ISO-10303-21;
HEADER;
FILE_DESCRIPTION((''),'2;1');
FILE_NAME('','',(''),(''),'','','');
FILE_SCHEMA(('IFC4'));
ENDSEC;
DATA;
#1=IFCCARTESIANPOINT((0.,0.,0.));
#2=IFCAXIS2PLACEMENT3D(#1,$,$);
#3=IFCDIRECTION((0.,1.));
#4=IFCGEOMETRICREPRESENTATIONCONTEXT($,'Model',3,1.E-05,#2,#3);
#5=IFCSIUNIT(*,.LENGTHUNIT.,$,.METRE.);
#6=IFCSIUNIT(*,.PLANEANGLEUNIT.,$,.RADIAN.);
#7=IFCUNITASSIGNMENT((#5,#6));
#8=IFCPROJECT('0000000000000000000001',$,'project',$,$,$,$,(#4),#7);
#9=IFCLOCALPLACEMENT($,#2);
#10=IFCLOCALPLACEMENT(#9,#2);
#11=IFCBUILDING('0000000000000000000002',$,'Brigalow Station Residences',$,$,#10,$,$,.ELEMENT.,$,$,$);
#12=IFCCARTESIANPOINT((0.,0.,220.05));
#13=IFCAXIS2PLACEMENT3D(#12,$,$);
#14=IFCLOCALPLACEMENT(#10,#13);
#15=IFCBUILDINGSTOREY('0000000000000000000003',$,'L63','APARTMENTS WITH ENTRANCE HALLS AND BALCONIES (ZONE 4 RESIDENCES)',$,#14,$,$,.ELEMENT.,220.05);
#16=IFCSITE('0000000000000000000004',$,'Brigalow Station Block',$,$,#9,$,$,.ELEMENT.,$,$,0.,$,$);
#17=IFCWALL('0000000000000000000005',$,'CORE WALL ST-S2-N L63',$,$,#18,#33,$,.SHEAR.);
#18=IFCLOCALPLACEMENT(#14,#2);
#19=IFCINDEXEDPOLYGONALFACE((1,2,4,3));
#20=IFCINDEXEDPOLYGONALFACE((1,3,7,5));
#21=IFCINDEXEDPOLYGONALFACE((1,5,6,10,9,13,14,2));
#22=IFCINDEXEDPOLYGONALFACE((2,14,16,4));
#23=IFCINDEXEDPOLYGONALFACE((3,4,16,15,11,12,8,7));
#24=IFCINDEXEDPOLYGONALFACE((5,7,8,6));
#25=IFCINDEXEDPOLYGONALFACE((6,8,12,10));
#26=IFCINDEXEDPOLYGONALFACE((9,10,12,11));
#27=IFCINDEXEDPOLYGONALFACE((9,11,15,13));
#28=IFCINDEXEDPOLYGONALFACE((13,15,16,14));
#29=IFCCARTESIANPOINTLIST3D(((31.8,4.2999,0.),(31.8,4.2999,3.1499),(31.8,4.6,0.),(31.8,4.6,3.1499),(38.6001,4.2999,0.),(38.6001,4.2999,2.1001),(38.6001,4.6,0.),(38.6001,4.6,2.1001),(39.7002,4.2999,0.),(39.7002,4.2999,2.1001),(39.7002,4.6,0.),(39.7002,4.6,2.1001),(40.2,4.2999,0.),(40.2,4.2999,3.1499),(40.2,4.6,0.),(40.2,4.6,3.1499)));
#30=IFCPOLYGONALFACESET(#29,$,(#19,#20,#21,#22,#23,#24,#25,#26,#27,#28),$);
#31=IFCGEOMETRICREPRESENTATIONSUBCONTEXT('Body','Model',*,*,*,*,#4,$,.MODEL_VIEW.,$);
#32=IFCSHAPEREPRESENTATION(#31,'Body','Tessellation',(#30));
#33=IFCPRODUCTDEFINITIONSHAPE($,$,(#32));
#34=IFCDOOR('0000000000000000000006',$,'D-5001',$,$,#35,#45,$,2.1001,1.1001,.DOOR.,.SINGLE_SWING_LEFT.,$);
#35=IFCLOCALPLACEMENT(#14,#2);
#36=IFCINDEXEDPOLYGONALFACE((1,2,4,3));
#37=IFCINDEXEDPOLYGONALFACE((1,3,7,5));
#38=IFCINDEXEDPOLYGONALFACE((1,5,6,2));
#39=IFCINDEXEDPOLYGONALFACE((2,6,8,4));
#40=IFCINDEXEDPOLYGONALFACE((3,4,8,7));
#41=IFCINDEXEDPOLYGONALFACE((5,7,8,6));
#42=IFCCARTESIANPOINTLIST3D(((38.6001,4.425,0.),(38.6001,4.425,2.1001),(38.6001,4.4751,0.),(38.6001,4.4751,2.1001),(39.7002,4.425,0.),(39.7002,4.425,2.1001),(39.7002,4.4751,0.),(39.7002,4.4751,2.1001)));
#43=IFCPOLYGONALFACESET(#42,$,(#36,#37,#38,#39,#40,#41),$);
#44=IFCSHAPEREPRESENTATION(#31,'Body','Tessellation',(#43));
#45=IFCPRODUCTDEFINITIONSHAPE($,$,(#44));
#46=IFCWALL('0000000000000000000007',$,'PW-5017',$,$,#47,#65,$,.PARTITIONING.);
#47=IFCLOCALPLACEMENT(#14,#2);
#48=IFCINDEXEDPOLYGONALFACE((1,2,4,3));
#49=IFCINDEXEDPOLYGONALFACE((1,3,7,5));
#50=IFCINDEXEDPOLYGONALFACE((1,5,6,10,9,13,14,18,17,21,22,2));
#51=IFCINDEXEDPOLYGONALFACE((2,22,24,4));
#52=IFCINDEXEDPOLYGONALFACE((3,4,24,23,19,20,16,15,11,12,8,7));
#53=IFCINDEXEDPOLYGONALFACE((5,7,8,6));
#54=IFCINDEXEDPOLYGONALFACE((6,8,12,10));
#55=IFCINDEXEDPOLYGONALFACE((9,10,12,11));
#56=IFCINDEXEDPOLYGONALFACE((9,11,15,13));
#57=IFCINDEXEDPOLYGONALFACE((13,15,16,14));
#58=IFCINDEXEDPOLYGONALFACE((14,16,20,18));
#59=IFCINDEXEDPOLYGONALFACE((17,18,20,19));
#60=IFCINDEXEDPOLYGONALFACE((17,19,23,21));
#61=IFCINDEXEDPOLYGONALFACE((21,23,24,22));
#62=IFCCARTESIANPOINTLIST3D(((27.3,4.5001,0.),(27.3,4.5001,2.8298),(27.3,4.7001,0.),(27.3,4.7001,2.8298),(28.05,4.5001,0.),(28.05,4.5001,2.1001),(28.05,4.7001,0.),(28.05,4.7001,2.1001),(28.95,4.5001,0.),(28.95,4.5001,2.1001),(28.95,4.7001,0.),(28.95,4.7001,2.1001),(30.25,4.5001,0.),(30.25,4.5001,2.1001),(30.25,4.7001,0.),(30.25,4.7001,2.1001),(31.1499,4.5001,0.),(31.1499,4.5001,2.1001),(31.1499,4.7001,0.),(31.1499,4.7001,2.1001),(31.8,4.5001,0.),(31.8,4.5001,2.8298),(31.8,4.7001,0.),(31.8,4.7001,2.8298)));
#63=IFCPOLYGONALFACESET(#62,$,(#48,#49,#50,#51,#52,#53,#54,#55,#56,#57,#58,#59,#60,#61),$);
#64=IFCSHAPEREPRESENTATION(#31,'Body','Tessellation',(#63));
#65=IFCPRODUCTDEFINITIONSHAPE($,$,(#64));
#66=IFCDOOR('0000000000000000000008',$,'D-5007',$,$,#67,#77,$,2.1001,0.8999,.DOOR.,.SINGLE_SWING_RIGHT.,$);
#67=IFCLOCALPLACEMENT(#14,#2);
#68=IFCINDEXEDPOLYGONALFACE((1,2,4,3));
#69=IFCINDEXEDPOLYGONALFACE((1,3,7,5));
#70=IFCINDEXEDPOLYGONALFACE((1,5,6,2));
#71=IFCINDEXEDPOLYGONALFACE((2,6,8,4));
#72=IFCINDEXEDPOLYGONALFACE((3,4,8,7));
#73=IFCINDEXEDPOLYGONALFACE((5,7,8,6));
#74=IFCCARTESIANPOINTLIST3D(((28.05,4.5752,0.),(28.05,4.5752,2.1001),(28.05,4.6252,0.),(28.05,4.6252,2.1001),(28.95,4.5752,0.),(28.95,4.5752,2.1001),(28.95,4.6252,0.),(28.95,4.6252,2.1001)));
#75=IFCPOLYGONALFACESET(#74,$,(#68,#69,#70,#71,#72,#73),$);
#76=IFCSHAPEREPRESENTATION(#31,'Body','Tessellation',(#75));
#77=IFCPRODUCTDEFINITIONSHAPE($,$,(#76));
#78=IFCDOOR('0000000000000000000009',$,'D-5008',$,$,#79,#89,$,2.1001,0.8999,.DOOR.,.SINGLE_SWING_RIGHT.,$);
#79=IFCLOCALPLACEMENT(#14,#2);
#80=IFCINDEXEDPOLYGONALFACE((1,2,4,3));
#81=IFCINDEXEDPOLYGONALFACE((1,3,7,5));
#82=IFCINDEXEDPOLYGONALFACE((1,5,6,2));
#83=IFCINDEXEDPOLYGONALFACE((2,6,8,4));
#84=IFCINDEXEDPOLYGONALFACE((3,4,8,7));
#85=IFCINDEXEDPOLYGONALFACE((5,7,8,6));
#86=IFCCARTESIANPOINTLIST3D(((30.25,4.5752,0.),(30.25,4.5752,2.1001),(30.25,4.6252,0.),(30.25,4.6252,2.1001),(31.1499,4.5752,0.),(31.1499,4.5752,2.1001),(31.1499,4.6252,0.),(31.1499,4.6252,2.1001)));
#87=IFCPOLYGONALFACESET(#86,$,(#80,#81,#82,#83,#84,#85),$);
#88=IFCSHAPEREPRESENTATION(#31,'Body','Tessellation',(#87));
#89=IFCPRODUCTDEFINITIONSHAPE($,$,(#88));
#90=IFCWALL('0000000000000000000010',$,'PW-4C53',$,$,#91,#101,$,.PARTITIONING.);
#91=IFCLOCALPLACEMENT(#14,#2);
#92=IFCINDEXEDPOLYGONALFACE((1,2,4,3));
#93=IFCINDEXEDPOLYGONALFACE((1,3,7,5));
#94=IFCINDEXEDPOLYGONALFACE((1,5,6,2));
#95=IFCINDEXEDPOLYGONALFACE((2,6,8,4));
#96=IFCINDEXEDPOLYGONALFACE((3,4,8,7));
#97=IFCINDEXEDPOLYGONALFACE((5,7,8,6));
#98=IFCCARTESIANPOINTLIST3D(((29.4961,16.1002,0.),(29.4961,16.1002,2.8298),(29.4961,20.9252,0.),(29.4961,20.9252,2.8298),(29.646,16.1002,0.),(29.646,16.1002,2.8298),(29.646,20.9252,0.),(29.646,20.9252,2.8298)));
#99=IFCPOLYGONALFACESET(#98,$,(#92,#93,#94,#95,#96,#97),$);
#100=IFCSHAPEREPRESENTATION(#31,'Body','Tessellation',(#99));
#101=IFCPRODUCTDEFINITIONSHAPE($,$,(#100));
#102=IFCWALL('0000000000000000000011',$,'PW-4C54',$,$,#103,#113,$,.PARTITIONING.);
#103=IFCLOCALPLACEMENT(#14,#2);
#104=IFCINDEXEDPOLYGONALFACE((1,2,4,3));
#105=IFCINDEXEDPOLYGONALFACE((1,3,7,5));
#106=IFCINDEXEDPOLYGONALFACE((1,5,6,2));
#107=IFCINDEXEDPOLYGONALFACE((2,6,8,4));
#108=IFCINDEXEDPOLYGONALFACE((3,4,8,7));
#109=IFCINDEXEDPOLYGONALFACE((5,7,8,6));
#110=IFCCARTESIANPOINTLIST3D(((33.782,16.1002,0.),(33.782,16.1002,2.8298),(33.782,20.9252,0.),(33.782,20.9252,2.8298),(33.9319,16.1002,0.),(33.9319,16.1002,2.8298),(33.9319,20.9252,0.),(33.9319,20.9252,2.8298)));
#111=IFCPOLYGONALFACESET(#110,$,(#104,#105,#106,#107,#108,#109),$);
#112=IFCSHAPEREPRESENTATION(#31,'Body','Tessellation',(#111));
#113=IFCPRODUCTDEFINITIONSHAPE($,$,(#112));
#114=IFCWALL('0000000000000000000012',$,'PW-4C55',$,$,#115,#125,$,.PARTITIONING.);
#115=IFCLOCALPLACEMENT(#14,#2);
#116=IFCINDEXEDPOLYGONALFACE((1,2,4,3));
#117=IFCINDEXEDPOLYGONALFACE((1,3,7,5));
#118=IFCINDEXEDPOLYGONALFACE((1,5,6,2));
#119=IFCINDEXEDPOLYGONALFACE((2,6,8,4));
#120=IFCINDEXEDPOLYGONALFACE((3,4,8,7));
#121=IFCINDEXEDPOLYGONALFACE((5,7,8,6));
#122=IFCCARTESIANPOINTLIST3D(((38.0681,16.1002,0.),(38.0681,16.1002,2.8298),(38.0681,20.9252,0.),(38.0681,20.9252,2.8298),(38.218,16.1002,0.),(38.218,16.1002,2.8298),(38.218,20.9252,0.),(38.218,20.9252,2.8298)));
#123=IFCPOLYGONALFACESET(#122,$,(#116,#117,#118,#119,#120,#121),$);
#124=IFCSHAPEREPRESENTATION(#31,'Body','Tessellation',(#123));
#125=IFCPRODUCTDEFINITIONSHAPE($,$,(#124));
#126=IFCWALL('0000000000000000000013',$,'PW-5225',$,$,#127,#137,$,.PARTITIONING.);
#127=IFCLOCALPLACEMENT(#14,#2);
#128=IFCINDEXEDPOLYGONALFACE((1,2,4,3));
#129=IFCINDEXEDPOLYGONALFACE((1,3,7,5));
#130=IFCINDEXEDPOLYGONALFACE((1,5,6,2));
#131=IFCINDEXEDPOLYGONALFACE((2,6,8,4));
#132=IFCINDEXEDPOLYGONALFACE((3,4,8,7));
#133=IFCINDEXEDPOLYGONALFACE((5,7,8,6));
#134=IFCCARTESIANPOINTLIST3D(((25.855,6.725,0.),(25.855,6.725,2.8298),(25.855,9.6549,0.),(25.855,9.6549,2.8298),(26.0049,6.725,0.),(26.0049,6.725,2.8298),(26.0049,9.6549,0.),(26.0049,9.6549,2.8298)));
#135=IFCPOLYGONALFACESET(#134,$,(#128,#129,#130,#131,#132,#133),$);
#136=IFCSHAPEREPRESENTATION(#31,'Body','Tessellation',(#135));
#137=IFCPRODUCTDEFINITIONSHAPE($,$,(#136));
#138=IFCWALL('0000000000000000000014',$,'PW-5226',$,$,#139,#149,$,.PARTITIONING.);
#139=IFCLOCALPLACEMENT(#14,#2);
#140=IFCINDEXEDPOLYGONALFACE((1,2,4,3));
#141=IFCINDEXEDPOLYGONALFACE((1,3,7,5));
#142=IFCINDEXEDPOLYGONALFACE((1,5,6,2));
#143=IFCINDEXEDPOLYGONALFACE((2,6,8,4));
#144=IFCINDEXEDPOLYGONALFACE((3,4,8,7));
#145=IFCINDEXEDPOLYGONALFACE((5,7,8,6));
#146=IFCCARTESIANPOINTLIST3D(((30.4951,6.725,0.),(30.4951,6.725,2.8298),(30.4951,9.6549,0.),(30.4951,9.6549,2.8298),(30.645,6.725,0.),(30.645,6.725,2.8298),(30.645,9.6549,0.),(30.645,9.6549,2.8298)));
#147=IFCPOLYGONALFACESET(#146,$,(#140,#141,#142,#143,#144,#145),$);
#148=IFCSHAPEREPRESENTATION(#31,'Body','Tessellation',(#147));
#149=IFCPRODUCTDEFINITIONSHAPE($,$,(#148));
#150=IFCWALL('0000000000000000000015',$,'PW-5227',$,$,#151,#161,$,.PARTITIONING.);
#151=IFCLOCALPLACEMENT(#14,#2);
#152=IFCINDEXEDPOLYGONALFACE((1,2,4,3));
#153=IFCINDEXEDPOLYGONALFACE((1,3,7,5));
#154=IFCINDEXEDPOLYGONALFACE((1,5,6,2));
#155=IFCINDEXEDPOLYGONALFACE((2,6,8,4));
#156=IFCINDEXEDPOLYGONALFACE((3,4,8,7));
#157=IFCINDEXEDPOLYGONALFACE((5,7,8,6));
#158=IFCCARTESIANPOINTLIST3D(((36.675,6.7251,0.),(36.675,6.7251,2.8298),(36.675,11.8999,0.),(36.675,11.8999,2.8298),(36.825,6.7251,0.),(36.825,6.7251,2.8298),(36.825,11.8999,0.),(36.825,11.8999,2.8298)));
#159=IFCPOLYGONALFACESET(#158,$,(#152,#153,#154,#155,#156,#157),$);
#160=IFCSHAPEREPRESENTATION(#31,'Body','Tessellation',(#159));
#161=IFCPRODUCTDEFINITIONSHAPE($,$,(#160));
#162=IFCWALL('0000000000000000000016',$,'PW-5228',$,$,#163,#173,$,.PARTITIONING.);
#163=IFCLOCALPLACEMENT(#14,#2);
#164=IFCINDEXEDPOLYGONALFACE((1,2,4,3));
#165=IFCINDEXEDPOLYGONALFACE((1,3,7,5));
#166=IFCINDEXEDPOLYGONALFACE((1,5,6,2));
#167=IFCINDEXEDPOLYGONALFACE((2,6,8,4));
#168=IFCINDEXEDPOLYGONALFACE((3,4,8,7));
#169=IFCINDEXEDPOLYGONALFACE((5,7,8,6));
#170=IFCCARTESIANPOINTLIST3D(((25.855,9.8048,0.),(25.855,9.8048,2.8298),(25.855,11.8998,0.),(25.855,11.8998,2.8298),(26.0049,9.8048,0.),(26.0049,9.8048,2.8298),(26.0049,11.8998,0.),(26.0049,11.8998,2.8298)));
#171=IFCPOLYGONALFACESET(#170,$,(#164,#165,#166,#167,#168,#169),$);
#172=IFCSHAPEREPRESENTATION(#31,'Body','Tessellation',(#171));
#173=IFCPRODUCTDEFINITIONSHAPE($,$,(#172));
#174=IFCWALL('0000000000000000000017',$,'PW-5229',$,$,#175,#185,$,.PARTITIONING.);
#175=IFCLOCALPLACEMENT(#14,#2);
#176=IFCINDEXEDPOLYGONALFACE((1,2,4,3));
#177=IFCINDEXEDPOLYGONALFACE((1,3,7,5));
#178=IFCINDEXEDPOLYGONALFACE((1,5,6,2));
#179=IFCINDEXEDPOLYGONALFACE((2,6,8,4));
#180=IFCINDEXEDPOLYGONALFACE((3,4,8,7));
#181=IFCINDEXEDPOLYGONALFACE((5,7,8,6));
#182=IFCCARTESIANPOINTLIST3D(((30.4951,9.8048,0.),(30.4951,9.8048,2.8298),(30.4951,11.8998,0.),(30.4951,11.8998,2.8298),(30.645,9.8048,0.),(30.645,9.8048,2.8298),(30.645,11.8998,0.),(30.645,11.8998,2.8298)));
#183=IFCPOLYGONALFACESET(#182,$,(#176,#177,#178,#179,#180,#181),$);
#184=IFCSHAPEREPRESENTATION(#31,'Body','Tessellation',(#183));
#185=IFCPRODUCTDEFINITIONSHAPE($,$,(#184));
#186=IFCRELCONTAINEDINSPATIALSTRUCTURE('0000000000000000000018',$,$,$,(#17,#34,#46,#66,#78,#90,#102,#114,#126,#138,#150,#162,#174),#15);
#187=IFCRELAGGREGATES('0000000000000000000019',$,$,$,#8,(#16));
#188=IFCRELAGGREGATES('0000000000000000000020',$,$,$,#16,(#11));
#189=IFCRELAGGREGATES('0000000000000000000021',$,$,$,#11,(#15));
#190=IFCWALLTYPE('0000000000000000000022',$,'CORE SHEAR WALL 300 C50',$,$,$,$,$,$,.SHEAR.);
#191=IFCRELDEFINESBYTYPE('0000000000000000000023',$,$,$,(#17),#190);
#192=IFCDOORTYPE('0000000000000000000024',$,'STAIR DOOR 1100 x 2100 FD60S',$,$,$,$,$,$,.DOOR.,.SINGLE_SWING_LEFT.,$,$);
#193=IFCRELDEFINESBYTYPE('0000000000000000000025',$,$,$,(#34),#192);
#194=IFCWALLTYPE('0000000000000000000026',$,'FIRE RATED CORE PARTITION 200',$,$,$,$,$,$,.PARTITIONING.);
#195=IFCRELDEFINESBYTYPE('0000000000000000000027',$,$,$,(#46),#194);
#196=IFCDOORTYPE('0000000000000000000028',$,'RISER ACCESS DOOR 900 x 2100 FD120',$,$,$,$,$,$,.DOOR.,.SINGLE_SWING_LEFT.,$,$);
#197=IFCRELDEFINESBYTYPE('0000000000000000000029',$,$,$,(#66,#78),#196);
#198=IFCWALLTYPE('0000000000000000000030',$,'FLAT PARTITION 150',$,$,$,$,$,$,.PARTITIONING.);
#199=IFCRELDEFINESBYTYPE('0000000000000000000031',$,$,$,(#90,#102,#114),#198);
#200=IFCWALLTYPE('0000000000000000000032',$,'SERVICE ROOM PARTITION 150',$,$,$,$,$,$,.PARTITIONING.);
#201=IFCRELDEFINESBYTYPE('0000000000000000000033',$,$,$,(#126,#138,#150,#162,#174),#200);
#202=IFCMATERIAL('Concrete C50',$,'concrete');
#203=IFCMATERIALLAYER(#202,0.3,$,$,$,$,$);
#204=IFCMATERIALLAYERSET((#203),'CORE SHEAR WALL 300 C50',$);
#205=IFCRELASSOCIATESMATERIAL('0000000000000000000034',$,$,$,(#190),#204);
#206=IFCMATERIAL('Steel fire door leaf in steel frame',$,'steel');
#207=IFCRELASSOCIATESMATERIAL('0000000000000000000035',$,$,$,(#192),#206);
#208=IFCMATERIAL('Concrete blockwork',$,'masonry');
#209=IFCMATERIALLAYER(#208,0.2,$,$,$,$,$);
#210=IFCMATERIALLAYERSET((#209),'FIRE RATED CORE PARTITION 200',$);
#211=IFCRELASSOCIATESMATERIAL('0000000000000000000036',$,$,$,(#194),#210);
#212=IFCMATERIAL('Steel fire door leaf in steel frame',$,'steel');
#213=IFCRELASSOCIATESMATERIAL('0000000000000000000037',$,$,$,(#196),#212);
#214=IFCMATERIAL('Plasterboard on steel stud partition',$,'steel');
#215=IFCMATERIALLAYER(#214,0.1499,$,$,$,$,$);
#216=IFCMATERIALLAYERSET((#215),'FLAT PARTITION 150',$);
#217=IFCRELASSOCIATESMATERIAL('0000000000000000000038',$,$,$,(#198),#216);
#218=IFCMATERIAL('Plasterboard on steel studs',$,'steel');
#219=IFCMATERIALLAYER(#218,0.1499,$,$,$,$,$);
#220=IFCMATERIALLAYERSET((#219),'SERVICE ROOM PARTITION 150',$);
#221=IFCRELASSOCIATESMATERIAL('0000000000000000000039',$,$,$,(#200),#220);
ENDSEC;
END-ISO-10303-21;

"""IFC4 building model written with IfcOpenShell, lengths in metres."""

from ifc_helpers import new_model, si_unit, direction, frame, frame_2d, origin, place, context, subcontext, project, spatial, rectangle, extrude, material, layer, layer_set, type_object, element, fill, save


model = new_model("IFC4")

# Units and contexts
model_context = context("Model", 3, precision=1e-05, world=origin(), true_north=direction((0.0, 1.0)))
body_context = subcontext(model_context, "Body", "Model", "MODEL_VIEW")
ifc_project = project(units=[si_unit("LENGTHUNIT", "METRE"), si_unit("PLANEANGLEUNIT", "RADIAN")], contexts=[model_context])

# Site, building, storey
site_placement = place(None, origin())
site = spatial("IfcSite", under=ifc_project, at=site_placement, Name="Brigalow Station Block", CompositionType="ELEMENT", RefElevation=0.0)
building_placement = place(site_placement, origin())
building = spatial("IfcBuilding", under=site, at=building_placement, Name="Brigalow Station Residences", CompositionType="ELEMENT")
storey_placement = place(building_placement, frame((0.0, 0.0, 220.05)))
storey = spatial("IfcBuildingStorey", under=building, at=storey_placement, Name="L63", Description="APARTMENTS WITH ENTRANCE HALLS AND BALCONIES (ZONE 4 RESIDENCES)", CompositionType="ELEMENT", Elevation=220.05)

# Wall, opening, door
ifc_material_1 = material(Name="Concrete C50", Category="concrete")
ifc_layer_1 = layer(ifc_material_1, 0.3)
ifc_layer_set_1 = layer_set([ifc_layer_1], Name="CORE SHEAR WALL 300 C50")
wall_type_1 = type_object("IfcWallType", Name="CORE SHEAR WALL 300 C50", PredefinedType="SHEAR", material=ifc_layer_set_1)
wall_1_placement = place(storey_placement, frame((31.8, 4.45, 0.0), z_axis=(0.0, 0.0, 1.0), x_axis=(1.0, 0.0, 0.0)))
wall_1 = element("IfcWall", 1, at=wall_1_placement, inside=storey, type_object=wall_type_1, Name="CORE WALL ST-S2-N L63", PredefinedType="SHEAR", context=body_context, shape_type="SweptSolid", body=[
    extrude(rectangle(XDim=8.3999, YDim=0.3, at=frame_2d((4.2, 0.0))), origin(), (0.0, 0.0, 1.0), 3.1499),
])
opening_1_placement = place(wall_1_placement, frame((6.8, 0.0, 0.0)))
opening_1 = element("IfcOpeningElement", 2, at=opening_1_placement, cuts=wall_1, PredefinedType="OPENING", context=body_context, shape_type="SweptSolid", body=[
    extrude(rectangle(XDim=1.1001, YDim=2.1001, at=frame_2d((0.55, 1.05))), frame((0.0, 0.1602, 0.0), z_axis=(0.0, -1.0, 0.0), x_axis=(1.0, 0.0, 0.0)), (0.0, 0.0, 1.0), 0.3201),
])
ifc_material_2 = material(Name="Steel fire door leaf in steel frame", Category="steel")
door_type_1 = type_object("IfcDoorType", Name="STAIR DOOR 1100 x 2100 FD60S", OperationType="SINGLE_SWING_LEFT", PredefinedType="DOOR", material=ifc_material_2)
door_1_placement = place(opening_1_placement, frame((1.1001, 0.0, 0.0), z_axis=(0.0, 0.0, 1.0), x_axis=(-1.0, 0.0, 0.0)))
door_1 = element("IfcDoor", 3, at=door_1_placement, inside=storey, type_object=door_type_1, Name="D-5001", OperationType="SINGLE_SWING_LEFT", OverallHeight=2.1001, OverallWidth=1.1001, PredefinedType="DOOR", context=body_context, shape_type="SweptSolid", body=[
    extrude(rectangle(XDim=1.1001, YDim=2.1001, at=frame_2d((0.55, 1.05))), frame((0.0, 0.0249, 0.0), z_axis=(0.0, -1.0, 0.0), x_axis=(1.0, 0.0, 0.0)), (0.0, 0.0, 1.0), 0.05),
])
fill(opening_1, door_1)

# Wall, openings, doors
ifc_material_3 = material(Name="Concrete blockwork", Category="masonry")
ifc_layer_2 = layer(ifc_material_3, 0.2)
ifc_layer_set_2 = layer_set([ifc_layer_2], Name="FIRE RATED CORE PARTITION 200")
wall_type_2 = type_object("IfcWallType", Name="FIRE RATED CORE PARTITION 200", PredefinedType="PARTITIONING", material=ifc_layer_set_2)
wall_2_placement = place(storey_placement, frame((27.3, 4.6001, 0.0), z_axis=(0.0, 0.0, 1.0), x_axis=(1.0, 0.0, 0.0)))
wall_2 = element("IfcWall", 4, at=wall_2_placement, inside=storey, type_object=wall_type_2, Name="PW-5017", PredefinedType="PARTITIONING", context=body_context, shape_type="SweptSolid", body=[
    extrude(rectangle(XDim=4.5, YDim=0.2, at=frame_2d((2.25, 0.0))), origin(), (0.0, 0.0, 1.0), 2.8298),
])
opening_2_placement = place(wall_2_placement, frame((0.75, 0.0, 0.0)))
opening_2 = element("IfcOpeningElement", 5, at=opening_2_placement, cuts=wall_2, PredefinedType="OPENING", context=body_context, shape_type="SweptSolid", body=[
    extrude(rectangle(XDim=0.8999, YDim=2.1001, at=frame_2d((0.45, 1.05))), frame((0.0, 0.1099, 0.0), z_axis=(0.0, -1.0, 0.0), x_axis=(1.0, 0.0, 0.0)), (0.0, 0.0, 1.0), 0.22),
])
opening_3_placement = place(wall_2_placement, frame((2.95, 0.0, 0.0)))
opening_3 = element("IfcOpeningElement", 6, at=opening_3_placement, cuts=wall_2, PredefinedType="OPENING", context=body_context, shape_type="SweptSolid", body=[
    extrude(rectangle(XDim=0.8999, YDim=2.1001, at=frame_2d((0.45, 1.05))), frame((0.0, 0.1099, 0.0), z_axis=(0.0, -1.0, 0.0), x_axis=(1.0, 0.0, 0.0)), (0.0, 0.0, 1.0), 0.22),
])
ifc_material_4 = material(Name="Steel fire door leaf in steel frame", Category="steel")
door_type_2 = type_object("IfcDoorType", Name="RISER ACCESS DOOR 900 x 2100 FD120", OperationType="SINGLE_SWING_LEFT", PredefinedType="DOOR", material=ifc_material_4)
door_2_placement = place(opening_2_placement, frame((0.8999, 0.0, 0.0), z_axis=(0.0, 0.0, 1.0), x_axis=(-1.0, 0.0, 0.0)))
door_2 = element("IfcDoor", 7, at=door_2_placement, inside=storey, type_object=door_type_2, Name="D-5007", OperationType="SINGLE_SWING_RIGHT", OverallHeight=2.1001, OverallWidth=0.8999, PredefinedType="DOOR", context=body_context, shape_type="SweptSolid", body=[
    extrude(rectangle(XDim=0.8999, YDim=2.1001, at=frame_2d((0.45, 1.05))), frame((0.0, 0.0249, 0.0), z_axis=(0.0, -1.0, 0.0), x_axis=(1.0, 0.0, 0.0)), (0.0, 0.0, 1.0), 0.05),
])
fill(opening_2, door_2)
door_3_placement = place(opening_3_placement, frame((0.8999, 0.0, 0.0), z_axis=(0.0, 0.0, 1.0), x_axis=(-1.0, 0.0, 0.0)))
door_3 = element("IfcDoor", 8, at=door_3_placement, inside=storey, type_object=door_type_2, Name="D-5008", OperationType="SINGLE_SWING_RIGHT", OverallHeight=2.1001, OverallWidth=0.8999, PredefinedType="DOOR", context=body_context, shape_type="SweptSolid", body=[
    extrude(rectangle(XDim=0.8999, YDim=2.1001, at=frame_2d((0.45, 1.05))), frame((0.0, 0.0249, 0.0), z_axis=(0.0, -1.0, 0.0), x_axis=(1.0, 0.0, 0.0)), (0.0, 0.0, 1.0), 0.05),
])
fill(opening_3, door_3)

# Walls
ifc_material_5 = material(Name="Plasterboard on steel stud partition", Category="steel")
ifc_layer_3 = layer(ifc_material_5, 0.1499)
ifc_layer_set_3 = layer_set([ifc_layer_3], Name="FLAT PARTITION 150")
wall_type_3 = type_object("IfcWallType", Name="FLAT PARTITION 150", PredefinedType="PARTITIONING", material=ifc_layer_set_3)
for number, where, z_axis, x_axis, name in (
    (9, (29.571, 16.1001, 0.0), (0.0, 0.0, 1.0), (0.0, 1.0, 0.0), "PW-4C53"),
    (10, (33.8569, 16.1001, 0.0), (0.0, 0.0, 1.0), (0.0, 1.0, 0.0), "PW-4C54"),
    (11, (38.1431, 16.1001, 0.0), (0.0, 0.0, 1.0), (0.0, 1.0, 0.0), "PW-4C55"),
):
    element("IfcWall", number, at=place(storey_placement, frame(where, z_axis=z_axis, x_axis=x_axis)), inside=storey, type_object=wall_type_3, Name=name, PredefinedType="PARTITIONING", context=body_context, shape_type="SweptSolid", body=[
        extrude(rectangle(XDim=4.825, YDim=0.1499, at=frame_2d((2.4126, 0.0))), origin(), (0.0, 0.0, 1.0), 2.8298),
    ])
ifc_material_6 = material(Name="Plasterboard on steel studs", Category="steel")
ifc_layer_4 = layer(ifc_material_6, 0.1499)
ifc_layer_set_4 = layer_set([ifc_layer_4], Name="SERVICE ROOM PARTITION 150")
wall_type_4 = type_object("IfcWallType", Name="SERVICE ROOM PARTITION 150", PredefinedType="PARTITIONING", material=ifc_layer_set_4)
for number, where, z_axis, x_axis, name in (
    (12, (25.9299, 6.7251, 0.0), (0.0, 0.0, 1.0), (0.0, 1.0, 0.0), "PW-5225"),
    (13, (30.5701, 6.7251, 0.0), (0.0, 0.0, 1.0), (0.0, 1.0, 0.0), "PW-5226"),
):
    element("IfcWall", number, at=place(storey_placement, frame(where, z_axis=z_axis, x_axis=x_axis)), inside=storey, type_object=wall_type_4, Name=name, PredefinedType="PARTITIONING", context=body_context, shape_type="SweptSolid", body=[
        extrude(rectangle(XDim=2.9299, YDim=0.1499, at=frame_2d((1.4648, 0.0))), origin(), (0.0, 0.0, 1.0), 2.8298),
    ])
wall_3_placement = place(storey_placement, frame((36.75, 6.7251, 0.0), z_axis=(0.0, 0.0, 1.0), x_axis=(0.0, 1.0, 0.0)))
element("IfcWall", 14, at=wall_3_placement, inside=storey, type_object=wall_type_4, Name="PW-5227", PredefinedType="PARTITIONING", context=body_context, shape_type="SweptSolid", body=[
    extrude(rectangle(XDim=5.1748, YDim=0.1499, at=frame_2d((2.5874, 0.0))), origin(), (0.0, 0.0, 1.0), 2.8298),
])
for number, where, z_axis, x_axis, name in (
    (15, (25.9299, 9.8049, 0.0), (0.0, 0.0, 1.0), (0.0, 1.0, 0.0), "PW-5228"),
    (16, (30.5701, 9.8049, 0.0), (0.0, 0.0, 1.0), (0.0, 1.0, 0.0), "PW-5229"),
):
    element("IfcWall", number, at=place(storey_placement, frame(where, z_axis=z_axis, x_axis=x_axis)), inside=storey, type_object=wall_type_4, Name=name, PredefinedType="PARTITIONING", context=body_context, shape_type="SweptSolid", body=[
        extrude(rectangle(XDim=2.095, YDim=0.1499, at=frame_2d((1.0474, 0.0))), origin(), (0.0, 0.0, 1.0), 2.8298),
    ])

save(model, "model.ifc")
